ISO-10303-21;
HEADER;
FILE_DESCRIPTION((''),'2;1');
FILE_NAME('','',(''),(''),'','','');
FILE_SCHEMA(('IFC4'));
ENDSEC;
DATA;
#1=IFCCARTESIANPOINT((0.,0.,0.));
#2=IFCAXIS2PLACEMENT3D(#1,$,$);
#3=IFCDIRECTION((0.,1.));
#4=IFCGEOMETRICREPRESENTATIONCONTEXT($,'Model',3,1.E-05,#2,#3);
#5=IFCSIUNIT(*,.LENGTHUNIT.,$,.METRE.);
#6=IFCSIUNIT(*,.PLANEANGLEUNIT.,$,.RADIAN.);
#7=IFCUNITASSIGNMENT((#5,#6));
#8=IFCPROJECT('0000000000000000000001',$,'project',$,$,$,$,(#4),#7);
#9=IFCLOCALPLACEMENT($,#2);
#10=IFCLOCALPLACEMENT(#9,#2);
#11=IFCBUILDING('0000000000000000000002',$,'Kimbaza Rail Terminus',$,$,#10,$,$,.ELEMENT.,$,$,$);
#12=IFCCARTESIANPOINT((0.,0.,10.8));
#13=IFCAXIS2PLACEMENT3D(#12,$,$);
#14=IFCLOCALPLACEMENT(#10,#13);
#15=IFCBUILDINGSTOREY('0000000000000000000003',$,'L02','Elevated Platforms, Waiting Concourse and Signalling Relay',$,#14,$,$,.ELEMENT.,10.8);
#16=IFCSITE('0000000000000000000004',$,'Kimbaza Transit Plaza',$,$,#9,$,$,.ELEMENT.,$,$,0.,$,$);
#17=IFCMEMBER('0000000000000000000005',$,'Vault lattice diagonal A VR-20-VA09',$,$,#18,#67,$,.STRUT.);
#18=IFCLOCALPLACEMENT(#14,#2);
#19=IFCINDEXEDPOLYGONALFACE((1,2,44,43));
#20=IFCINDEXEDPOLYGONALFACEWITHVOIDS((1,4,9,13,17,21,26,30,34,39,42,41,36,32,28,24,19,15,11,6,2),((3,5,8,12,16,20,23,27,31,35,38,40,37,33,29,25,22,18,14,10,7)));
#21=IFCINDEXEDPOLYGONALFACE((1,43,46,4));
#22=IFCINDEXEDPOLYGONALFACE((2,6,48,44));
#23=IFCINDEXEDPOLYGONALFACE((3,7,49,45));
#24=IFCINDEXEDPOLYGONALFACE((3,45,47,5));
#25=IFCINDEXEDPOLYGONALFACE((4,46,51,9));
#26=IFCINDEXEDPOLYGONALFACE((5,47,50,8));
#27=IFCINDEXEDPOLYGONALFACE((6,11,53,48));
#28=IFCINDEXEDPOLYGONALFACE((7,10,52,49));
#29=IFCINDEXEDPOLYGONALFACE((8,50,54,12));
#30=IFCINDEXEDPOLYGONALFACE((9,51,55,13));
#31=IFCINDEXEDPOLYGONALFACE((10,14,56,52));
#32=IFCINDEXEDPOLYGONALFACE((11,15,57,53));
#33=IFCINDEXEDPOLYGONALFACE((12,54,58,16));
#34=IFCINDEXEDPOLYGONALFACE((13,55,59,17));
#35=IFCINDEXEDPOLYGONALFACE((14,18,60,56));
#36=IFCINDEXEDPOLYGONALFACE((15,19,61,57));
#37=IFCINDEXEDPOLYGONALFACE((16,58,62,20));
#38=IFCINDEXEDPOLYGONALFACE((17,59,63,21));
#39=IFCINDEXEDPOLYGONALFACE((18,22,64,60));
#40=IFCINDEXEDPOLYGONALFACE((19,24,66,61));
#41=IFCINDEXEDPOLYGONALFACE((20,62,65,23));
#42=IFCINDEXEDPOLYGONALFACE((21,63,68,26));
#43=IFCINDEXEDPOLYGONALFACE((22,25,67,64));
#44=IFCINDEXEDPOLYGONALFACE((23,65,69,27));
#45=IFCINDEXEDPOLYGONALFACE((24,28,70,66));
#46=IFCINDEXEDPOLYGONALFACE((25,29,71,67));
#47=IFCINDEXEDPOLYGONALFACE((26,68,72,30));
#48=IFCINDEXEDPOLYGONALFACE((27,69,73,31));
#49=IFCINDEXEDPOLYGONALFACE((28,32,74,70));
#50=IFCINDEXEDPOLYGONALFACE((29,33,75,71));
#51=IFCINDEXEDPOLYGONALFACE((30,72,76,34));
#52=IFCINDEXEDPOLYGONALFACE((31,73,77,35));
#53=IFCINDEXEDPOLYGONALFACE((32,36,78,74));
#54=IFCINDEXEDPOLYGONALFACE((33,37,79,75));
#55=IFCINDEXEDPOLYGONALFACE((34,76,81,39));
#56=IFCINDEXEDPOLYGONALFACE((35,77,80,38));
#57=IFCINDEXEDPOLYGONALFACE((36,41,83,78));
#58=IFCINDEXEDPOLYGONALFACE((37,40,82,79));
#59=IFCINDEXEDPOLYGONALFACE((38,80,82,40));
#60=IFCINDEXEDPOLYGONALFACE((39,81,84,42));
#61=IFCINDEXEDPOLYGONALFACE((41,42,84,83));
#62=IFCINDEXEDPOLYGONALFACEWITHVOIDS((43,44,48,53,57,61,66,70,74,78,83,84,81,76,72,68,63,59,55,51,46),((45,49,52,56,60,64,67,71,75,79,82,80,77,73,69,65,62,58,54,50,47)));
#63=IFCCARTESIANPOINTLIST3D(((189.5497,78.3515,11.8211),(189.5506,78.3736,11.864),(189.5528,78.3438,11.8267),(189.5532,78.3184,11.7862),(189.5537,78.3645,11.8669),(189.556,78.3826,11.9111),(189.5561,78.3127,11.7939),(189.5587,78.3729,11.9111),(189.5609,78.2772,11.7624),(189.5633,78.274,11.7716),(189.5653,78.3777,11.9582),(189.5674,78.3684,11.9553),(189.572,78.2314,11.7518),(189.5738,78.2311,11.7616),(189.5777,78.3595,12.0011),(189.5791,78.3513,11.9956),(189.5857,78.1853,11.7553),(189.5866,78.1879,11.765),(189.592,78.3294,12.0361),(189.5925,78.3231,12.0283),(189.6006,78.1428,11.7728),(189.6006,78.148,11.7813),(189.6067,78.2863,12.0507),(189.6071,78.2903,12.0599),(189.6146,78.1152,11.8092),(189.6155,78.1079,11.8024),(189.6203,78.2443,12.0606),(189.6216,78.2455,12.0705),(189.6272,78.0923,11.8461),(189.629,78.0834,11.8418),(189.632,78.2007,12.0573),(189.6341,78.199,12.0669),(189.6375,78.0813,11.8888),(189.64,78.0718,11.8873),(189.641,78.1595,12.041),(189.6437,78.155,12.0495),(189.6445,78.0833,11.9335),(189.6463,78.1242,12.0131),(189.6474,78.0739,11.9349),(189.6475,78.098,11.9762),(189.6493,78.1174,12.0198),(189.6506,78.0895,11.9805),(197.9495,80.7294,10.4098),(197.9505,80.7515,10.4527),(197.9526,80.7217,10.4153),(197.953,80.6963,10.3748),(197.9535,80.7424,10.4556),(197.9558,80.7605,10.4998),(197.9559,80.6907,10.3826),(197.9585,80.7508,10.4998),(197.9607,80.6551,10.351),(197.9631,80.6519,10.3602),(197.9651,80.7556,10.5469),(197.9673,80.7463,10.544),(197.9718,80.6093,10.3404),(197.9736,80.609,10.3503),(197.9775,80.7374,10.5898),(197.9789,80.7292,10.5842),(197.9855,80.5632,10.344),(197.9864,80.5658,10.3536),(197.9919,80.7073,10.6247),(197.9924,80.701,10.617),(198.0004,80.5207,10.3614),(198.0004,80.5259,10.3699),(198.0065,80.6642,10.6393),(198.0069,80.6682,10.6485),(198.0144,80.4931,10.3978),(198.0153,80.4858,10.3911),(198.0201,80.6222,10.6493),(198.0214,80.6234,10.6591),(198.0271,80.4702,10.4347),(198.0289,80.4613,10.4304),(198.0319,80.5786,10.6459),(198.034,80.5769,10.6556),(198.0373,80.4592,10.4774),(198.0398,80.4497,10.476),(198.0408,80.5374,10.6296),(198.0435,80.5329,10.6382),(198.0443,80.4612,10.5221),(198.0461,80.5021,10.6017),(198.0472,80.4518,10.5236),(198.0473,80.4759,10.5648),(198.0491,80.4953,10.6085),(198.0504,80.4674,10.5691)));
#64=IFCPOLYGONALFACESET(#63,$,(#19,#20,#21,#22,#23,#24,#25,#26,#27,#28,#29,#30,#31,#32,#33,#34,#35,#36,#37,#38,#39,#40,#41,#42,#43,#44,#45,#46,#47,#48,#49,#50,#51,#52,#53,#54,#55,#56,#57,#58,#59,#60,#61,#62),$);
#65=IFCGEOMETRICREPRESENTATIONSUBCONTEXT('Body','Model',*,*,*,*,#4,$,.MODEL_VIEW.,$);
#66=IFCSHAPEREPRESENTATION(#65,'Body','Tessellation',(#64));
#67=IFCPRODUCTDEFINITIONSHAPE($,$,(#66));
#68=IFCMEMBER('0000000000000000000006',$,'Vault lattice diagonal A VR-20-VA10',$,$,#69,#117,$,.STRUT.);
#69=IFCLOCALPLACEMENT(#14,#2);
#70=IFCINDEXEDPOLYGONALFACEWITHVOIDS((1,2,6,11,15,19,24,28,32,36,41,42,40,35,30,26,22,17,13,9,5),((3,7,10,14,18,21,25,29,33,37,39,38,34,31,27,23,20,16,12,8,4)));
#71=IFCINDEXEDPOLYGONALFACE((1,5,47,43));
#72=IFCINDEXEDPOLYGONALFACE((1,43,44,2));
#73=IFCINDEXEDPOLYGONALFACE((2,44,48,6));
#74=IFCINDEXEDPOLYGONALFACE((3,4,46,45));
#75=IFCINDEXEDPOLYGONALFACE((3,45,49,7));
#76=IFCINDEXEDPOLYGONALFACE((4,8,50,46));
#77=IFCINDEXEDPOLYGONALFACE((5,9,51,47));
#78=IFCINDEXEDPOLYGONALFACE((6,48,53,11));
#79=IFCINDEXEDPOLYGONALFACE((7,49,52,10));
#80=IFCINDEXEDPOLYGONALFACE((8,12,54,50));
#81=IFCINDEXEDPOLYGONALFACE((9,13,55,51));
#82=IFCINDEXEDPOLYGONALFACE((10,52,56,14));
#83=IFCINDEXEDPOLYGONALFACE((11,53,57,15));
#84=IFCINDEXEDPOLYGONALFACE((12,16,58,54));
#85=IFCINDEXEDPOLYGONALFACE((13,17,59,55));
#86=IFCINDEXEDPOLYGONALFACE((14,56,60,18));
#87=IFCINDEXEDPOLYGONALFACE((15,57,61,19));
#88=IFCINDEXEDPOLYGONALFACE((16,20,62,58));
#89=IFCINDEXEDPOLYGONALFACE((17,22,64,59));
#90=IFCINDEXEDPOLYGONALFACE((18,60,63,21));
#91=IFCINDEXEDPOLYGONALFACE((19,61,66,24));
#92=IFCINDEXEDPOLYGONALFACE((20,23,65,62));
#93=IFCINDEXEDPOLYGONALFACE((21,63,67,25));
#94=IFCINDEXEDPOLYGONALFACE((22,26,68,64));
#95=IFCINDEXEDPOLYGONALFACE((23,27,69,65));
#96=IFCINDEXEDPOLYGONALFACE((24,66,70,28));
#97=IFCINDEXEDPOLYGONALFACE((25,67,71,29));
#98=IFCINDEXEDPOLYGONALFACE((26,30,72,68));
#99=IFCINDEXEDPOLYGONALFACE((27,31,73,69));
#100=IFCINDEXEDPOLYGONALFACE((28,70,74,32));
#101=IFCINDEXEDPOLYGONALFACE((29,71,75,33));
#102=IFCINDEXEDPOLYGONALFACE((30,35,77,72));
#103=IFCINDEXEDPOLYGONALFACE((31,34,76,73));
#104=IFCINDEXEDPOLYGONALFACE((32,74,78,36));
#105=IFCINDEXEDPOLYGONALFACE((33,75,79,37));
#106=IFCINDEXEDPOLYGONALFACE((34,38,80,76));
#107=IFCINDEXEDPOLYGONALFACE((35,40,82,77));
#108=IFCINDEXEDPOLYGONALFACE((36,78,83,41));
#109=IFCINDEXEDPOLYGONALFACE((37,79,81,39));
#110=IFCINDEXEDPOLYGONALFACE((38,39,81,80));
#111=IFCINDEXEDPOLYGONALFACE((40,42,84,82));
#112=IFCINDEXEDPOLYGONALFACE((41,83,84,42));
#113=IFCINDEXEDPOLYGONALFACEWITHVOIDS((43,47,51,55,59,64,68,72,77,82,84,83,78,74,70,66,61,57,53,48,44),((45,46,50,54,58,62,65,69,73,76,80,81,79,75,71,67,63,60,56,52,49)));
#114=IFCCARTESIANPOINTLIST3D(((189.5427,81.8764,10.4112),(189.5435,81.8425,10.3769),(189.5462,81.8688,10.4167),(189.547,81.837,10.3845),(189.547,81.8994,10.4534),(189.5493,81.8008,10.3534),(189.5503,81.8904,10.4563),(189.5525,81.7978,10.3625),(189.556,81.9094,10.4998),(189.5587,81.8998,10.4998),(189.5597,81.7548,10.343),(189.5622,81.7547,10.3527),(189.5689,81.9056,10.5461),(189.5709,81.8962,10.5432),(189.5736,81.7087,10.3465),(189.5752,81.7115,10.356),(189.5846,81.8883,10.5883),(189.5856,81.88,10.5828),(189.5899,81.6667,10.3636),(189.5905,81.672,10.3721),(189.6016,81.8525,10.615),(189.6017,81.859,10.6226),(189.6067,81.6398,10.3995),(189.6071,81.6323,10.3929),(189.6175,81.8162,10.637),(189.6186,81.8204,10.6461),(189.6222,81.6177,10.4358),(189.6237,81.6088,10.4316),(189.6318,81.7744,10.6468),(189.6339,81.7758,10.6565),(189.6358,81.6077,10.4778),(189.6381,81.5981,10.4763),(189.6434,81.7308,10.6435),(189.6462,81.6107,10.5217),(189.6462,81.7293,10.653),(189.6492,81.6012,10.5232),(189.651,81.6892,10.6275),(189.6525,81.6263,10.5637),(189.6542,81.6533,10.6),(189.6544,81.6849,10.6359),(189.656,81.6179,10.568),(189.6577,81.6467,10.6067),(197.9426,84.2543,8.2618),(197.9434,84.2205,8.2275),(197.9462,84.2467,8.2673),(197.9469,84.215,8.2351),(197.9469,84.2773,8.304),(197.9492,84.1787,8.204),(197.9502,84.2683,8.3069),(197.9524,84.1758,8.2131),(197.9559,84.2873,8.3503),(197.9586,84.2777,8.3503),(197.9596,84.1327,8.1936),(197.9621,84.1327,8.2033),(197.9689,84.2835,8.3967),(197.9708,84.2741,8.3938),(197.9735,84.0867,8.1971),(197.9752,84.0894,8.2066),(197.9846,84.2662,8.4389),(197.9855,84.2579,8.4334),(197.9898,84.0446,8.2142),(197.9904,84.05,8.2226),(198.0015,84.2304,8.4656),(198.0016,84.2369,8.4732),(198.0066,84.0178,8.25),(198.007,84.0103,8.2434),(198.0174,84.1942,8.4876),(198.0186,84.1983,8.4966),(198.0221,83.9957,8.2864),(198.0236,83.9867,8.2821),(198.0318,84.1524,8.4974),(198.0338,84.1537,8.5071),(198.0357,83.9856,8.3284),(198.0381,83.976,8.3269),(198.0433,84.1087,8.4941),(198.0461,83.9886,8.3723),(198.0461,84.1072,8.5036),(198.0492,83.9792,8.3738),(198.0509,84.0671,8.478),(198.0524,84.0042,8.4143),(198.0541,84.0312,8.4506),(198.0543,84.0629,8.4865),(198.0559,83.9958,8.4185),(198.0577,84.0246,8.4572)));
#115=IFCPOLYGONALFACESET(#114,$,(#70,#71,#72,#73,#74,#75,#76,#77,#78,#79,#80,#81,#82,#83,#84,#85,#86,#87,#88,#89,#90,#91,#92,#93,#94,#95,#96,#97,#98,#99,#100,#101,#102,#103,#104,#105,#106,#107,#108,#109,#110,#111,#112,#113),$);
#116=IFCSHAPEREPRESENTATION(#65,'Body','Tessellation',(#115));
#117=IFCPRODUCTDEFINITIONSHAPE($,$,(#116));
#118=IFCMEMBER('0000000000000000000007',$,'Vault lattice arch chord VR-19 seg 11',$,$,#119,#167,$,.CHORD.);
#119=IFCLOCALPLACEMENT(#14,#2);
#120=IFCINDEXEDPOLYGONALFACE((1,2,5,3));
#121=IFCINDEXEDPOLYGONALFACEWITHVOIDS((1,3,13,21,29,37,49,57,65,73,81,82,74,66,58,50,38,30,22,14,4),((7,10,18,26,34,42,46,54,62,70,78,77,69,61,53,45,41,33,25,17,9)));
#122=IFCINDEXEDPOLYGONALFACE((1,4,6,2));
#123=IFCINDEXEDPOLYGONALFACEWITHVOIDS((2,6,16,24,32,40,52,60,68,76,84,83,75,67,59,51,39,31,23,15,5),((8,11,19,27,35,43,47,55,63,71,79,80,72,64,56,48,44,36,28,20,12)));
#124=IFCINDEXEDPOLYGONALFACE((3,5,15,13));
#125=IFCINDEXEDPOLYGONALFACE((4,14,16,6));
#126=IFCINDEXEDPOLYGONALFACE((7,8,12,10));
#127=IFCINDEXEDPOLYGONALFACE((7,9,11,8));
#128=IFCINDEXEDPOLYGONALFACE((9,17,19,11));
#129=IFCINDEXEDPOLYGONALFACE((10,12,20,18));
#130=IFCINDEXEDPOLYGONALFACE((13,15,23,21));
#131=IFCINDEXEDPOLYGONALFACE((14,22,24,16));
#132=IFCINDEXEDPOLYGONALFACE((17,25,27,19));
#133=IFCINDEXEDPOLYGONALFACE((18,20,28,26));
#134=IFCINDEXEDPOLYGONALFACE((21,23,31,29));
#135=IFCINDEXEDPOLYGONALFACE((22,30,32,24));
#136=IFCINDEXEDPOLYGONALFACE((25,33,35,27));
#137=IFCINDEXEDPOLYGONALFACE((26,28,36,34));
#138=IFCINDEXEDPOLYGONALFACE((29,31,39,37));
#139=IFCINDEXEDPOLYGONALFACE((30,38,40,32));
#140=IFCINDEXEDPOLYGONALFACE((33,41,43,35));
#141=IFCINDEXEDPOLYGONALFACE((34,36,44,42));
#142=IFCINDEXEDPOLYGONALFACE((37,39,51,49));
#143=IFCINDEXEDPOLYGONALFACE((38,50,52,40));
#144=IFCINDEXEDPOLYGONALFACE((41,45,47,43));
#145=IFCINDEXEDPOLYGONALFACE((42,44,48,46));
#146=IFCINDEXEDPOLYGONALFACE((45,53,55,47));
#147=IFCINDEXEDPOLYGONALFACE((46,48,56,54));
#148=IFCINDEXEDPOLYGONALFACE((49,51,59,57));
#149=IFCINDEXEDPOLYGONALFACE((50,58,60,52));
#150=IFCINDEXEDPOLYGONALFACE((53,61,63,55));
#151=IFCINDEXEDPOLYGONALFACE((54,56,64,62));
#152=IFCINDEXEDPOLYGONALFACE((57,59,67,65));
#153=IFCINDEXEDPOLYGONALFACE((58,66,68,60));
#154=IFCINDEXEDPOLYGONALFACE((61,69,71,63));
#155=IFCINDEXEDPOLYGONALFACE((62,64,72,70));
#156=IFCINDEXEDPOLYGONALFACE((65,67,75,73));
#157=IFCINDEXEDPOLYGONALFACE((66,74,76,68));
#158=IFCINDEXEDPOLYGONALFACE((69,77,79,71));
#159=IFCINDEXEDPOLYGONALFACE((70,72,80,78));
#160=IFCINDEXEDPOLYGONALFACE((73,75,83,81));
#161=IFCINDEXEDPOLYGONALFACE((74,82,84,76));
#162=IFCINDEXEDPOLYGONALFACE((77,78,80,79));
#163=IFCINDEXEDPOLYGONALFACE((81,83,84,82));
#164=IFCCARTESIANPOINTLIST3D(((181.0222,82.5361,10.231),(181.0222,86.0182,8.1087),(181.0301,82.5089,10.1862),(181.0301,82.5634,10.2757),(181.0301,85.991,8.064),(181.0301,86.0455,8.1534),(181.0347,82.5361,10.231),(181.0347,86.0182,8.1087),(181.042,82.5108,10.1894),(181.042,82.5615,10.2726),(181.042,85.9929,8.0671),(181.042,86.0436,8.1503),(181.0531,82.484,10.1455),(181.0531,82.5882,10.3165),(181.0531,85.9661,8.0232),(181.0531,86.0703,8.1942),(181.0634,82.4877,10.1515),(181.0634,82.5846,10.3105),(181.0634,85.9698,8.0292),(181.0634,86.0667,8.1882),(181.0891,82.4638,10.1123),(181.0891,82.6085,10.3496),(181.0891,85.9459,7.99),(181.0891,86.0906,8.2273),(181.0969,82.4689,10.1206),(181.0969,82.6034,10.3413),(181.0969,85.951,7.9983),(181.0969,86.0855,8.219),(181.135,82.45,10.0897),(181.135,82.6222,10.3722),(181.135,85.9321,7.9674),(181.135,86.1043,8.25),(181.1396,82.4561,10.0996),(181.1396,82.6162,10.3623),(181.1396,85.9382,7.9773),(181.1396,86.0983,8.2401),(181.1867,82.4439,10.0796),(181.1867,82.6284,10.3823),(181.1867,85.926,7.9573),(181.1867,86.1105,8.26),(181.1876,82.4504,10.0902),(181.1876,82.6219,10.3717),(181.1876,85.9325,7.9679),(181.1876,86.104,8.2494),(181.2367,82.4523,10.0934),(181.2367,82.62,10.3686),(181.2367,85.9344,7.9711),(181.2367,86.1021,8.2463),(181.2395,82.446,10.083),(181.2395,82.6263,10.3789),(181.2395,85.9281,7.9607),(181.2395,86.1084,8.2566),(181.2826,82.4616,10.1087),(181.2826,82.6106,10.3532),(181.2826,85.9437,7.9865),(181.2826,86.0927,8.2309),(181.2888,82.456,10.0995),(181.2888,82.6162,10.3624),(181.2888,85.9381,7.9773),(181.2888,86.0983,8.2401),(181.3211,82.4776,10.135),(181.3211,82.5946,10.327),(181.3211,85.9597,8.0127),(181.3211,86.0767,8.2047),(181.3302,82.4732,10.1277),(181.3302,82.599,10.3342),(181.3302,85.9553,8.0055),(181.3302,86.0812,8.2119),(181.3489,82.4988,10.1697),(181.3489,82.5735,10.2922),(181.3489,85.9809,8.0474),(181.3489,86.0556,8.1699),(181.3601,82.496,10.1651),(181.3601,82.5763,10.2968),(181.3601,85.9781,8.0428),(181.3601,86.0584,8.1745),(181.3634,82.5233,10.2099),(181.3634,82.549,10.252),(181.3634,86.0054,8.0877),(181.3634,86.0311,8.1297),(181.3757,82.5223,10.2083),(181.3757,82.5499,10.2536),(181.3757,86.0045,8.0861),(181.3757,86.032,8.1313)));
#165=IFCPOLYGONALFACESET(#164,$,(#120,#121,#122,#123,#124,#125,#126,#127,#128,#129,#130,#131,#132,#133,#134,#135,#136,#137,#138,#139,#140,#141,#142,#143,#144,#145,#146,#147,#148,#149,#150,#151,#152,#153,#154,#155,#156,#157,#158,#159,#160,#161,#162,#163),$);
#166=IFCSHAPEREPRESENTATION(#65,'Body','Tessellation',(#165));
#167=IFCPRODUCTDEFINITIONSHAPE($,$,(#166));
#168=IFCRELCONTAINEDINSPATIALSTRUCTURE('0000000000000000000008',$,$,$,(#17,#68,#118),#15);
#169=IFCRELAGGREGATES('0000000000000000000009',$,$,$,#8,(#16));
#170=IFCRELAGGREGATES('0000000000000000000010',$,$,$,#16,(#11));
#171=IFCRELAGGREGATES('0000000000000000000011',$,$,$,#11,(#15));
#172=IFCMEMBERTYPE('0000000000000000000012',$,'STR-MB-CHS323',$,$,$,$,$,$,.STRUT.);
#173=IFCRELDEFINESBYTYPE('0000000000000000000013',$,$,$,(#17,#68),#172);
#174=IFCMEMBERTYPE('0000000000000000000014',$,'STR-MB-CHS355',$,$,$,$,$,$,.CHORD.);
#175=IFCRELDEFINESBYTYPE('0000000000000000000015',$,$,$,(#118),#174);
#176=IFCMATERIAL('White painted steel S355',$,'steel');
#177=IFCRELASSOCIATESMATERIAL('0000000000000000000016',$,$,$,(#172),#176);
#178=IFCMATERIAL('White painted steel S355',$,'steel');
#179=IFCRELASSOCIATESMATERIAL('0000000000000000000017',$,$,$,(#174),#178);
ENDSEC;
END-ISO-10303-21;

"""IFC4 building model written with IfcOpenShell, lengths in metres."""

from ifc_helpers import new_model, si_unit, direction, frame, origin, origin_2d, place, context, subcontext, project, spatial, hollow_circle, extrude, material, material_profile, profile_set, type_object, element, save


model = new_model("IFC4")

# Units and contexts
model_context = context("Model", 3, precision=1e-05, world=origin(), true_north=direction((0.0, 1.0)))
body_context = subcontext(model_context, "Body", "Model", "MODEL_VIEW")
ifc_project = project(units=[si_unit("LENGTHUNIT", "METRE"), si_unit("PLANEANGLEUNIT", "RADIAN")], contexts=[model_context])

# Site, building, storey
site_placement = place(None, origin())
site = spatial("IfcSite", under=ifc_project, at=site_placement, Name="Kimbaza Transit Plaza", CompositionType="ELEMENT", RefElevation=0.0)
building_placement = place(site_placement, origin())
building = spatial("IfcBuilding", under=site, at=building_placement, Name="Kimbaza Rail Terminus", CompositionType="ELEMENT")
storey_placement = place(building_placement, frame((0.0, 0.0, 10.8)))
storey = spatial("IfcBuildingStorey", under=building, at=storey_placement, Name="L02", Description="Elevated Platforms, Waiting Concourse and Signalling Relay", CompositionType="ELEMENT", Elevation=10.8)

# Members
ifc_material_1 = material(Name="White painted steel S355", Category="steel")
ifc_material_profile_1 = material_profile(ifc_material_1, hollow_circle(Radius=0.1619, WallThickness=0.01, at=origin_2d()), Name="CHS 323.9x10")
ifc_profile_set_1 = profile_set([ifc_material_profile_1], Name="White painted steel S355")
member_type_1 = type_object("IfcMemberType", Name="STR-MB-CHS323", PredefinedType="STRUT", material=ifc_profile_set_1)
member_1_placement = place(storey_placement, frame((189.6001, 78.2268, 11.9111), z_axis=(0.949855, 0.268895, -0.159597), x_axis=(-0.272386, 0.962188, 0.0)))
element("IfcMember", 1, at=member_1_placement, inside=storey, type_object=member_type_1, Name="Vault lattice diagonal A VR-20-VA09", PredefinedType="STRUT", context=body_context, shape_type="SweptSolid", body=[
    extrude(hollow_circle(Radius=0.1619, WallThickness=0.01, at=origin_2d()), origin(), (0.0, 0.0, 1.0), 8.8433),
])
member_2_placement = place(storey_placement, frame((189.6001, 81.7537, 10.4998), z_axis=(0.934287, 0.264487, -0.239071), x_axis=(-0.272386, 0.962188, 0.0)))
element("IfcMember", 2, at=member_2_placement, inside=storey, type_object=member_type_1, Name="Vault lattice diagonal A VR-20-VA10", PredefinedType="STRUT", context=body_context, shape_type="SweptSolid", body=[
    extrude(hollow_circle(Radius=0.1619, WallThickness=0.01, at=origin_2d()), origin(), (0.0, 0.0, 1.0), 8.9907),
])
ifc_material_2 = material(Name="White painted steel S355", Category="steel")
ifc_material_profile_2 = material_profile(ifc_material_2, hollow_circle(Radius=0.1777, WallThickness=0.0125, at=origin_2d()), Name="CHS 355.6x12.5")
ifc_profile_set_2 = profile_set([ifc_material_profile_2], Name="White painted steel S355")
member_type_2 = type_object("IfcMemberType", Name="STR-MB-CHS355", PredefinedType="CHORD", material=ifc_profile_set_2)
member_3_placement = place(storey_placement, frame((181.2, 82.5361, 10.231), z_axis=(0.0, 0.853901, -0.520435), x_axis=(-1.0, 0.0, 0.0)))
element("IfcMember", 3, at=member_3_placement, inside=storey, type_object=member_type_2, Name="Vault lattice arch chord VR-19 seg 11", PredefinedType="CHORD", context=body_context, shape_type="SweptSolid", body=[
    extrude(hollow_circle(Radius=0.1777, WallThickness=0.0125, at=origin_2d()), origin(), (0.0, 0.0, 1.0), 4.0779),
])

save(model, "model.ifc")
